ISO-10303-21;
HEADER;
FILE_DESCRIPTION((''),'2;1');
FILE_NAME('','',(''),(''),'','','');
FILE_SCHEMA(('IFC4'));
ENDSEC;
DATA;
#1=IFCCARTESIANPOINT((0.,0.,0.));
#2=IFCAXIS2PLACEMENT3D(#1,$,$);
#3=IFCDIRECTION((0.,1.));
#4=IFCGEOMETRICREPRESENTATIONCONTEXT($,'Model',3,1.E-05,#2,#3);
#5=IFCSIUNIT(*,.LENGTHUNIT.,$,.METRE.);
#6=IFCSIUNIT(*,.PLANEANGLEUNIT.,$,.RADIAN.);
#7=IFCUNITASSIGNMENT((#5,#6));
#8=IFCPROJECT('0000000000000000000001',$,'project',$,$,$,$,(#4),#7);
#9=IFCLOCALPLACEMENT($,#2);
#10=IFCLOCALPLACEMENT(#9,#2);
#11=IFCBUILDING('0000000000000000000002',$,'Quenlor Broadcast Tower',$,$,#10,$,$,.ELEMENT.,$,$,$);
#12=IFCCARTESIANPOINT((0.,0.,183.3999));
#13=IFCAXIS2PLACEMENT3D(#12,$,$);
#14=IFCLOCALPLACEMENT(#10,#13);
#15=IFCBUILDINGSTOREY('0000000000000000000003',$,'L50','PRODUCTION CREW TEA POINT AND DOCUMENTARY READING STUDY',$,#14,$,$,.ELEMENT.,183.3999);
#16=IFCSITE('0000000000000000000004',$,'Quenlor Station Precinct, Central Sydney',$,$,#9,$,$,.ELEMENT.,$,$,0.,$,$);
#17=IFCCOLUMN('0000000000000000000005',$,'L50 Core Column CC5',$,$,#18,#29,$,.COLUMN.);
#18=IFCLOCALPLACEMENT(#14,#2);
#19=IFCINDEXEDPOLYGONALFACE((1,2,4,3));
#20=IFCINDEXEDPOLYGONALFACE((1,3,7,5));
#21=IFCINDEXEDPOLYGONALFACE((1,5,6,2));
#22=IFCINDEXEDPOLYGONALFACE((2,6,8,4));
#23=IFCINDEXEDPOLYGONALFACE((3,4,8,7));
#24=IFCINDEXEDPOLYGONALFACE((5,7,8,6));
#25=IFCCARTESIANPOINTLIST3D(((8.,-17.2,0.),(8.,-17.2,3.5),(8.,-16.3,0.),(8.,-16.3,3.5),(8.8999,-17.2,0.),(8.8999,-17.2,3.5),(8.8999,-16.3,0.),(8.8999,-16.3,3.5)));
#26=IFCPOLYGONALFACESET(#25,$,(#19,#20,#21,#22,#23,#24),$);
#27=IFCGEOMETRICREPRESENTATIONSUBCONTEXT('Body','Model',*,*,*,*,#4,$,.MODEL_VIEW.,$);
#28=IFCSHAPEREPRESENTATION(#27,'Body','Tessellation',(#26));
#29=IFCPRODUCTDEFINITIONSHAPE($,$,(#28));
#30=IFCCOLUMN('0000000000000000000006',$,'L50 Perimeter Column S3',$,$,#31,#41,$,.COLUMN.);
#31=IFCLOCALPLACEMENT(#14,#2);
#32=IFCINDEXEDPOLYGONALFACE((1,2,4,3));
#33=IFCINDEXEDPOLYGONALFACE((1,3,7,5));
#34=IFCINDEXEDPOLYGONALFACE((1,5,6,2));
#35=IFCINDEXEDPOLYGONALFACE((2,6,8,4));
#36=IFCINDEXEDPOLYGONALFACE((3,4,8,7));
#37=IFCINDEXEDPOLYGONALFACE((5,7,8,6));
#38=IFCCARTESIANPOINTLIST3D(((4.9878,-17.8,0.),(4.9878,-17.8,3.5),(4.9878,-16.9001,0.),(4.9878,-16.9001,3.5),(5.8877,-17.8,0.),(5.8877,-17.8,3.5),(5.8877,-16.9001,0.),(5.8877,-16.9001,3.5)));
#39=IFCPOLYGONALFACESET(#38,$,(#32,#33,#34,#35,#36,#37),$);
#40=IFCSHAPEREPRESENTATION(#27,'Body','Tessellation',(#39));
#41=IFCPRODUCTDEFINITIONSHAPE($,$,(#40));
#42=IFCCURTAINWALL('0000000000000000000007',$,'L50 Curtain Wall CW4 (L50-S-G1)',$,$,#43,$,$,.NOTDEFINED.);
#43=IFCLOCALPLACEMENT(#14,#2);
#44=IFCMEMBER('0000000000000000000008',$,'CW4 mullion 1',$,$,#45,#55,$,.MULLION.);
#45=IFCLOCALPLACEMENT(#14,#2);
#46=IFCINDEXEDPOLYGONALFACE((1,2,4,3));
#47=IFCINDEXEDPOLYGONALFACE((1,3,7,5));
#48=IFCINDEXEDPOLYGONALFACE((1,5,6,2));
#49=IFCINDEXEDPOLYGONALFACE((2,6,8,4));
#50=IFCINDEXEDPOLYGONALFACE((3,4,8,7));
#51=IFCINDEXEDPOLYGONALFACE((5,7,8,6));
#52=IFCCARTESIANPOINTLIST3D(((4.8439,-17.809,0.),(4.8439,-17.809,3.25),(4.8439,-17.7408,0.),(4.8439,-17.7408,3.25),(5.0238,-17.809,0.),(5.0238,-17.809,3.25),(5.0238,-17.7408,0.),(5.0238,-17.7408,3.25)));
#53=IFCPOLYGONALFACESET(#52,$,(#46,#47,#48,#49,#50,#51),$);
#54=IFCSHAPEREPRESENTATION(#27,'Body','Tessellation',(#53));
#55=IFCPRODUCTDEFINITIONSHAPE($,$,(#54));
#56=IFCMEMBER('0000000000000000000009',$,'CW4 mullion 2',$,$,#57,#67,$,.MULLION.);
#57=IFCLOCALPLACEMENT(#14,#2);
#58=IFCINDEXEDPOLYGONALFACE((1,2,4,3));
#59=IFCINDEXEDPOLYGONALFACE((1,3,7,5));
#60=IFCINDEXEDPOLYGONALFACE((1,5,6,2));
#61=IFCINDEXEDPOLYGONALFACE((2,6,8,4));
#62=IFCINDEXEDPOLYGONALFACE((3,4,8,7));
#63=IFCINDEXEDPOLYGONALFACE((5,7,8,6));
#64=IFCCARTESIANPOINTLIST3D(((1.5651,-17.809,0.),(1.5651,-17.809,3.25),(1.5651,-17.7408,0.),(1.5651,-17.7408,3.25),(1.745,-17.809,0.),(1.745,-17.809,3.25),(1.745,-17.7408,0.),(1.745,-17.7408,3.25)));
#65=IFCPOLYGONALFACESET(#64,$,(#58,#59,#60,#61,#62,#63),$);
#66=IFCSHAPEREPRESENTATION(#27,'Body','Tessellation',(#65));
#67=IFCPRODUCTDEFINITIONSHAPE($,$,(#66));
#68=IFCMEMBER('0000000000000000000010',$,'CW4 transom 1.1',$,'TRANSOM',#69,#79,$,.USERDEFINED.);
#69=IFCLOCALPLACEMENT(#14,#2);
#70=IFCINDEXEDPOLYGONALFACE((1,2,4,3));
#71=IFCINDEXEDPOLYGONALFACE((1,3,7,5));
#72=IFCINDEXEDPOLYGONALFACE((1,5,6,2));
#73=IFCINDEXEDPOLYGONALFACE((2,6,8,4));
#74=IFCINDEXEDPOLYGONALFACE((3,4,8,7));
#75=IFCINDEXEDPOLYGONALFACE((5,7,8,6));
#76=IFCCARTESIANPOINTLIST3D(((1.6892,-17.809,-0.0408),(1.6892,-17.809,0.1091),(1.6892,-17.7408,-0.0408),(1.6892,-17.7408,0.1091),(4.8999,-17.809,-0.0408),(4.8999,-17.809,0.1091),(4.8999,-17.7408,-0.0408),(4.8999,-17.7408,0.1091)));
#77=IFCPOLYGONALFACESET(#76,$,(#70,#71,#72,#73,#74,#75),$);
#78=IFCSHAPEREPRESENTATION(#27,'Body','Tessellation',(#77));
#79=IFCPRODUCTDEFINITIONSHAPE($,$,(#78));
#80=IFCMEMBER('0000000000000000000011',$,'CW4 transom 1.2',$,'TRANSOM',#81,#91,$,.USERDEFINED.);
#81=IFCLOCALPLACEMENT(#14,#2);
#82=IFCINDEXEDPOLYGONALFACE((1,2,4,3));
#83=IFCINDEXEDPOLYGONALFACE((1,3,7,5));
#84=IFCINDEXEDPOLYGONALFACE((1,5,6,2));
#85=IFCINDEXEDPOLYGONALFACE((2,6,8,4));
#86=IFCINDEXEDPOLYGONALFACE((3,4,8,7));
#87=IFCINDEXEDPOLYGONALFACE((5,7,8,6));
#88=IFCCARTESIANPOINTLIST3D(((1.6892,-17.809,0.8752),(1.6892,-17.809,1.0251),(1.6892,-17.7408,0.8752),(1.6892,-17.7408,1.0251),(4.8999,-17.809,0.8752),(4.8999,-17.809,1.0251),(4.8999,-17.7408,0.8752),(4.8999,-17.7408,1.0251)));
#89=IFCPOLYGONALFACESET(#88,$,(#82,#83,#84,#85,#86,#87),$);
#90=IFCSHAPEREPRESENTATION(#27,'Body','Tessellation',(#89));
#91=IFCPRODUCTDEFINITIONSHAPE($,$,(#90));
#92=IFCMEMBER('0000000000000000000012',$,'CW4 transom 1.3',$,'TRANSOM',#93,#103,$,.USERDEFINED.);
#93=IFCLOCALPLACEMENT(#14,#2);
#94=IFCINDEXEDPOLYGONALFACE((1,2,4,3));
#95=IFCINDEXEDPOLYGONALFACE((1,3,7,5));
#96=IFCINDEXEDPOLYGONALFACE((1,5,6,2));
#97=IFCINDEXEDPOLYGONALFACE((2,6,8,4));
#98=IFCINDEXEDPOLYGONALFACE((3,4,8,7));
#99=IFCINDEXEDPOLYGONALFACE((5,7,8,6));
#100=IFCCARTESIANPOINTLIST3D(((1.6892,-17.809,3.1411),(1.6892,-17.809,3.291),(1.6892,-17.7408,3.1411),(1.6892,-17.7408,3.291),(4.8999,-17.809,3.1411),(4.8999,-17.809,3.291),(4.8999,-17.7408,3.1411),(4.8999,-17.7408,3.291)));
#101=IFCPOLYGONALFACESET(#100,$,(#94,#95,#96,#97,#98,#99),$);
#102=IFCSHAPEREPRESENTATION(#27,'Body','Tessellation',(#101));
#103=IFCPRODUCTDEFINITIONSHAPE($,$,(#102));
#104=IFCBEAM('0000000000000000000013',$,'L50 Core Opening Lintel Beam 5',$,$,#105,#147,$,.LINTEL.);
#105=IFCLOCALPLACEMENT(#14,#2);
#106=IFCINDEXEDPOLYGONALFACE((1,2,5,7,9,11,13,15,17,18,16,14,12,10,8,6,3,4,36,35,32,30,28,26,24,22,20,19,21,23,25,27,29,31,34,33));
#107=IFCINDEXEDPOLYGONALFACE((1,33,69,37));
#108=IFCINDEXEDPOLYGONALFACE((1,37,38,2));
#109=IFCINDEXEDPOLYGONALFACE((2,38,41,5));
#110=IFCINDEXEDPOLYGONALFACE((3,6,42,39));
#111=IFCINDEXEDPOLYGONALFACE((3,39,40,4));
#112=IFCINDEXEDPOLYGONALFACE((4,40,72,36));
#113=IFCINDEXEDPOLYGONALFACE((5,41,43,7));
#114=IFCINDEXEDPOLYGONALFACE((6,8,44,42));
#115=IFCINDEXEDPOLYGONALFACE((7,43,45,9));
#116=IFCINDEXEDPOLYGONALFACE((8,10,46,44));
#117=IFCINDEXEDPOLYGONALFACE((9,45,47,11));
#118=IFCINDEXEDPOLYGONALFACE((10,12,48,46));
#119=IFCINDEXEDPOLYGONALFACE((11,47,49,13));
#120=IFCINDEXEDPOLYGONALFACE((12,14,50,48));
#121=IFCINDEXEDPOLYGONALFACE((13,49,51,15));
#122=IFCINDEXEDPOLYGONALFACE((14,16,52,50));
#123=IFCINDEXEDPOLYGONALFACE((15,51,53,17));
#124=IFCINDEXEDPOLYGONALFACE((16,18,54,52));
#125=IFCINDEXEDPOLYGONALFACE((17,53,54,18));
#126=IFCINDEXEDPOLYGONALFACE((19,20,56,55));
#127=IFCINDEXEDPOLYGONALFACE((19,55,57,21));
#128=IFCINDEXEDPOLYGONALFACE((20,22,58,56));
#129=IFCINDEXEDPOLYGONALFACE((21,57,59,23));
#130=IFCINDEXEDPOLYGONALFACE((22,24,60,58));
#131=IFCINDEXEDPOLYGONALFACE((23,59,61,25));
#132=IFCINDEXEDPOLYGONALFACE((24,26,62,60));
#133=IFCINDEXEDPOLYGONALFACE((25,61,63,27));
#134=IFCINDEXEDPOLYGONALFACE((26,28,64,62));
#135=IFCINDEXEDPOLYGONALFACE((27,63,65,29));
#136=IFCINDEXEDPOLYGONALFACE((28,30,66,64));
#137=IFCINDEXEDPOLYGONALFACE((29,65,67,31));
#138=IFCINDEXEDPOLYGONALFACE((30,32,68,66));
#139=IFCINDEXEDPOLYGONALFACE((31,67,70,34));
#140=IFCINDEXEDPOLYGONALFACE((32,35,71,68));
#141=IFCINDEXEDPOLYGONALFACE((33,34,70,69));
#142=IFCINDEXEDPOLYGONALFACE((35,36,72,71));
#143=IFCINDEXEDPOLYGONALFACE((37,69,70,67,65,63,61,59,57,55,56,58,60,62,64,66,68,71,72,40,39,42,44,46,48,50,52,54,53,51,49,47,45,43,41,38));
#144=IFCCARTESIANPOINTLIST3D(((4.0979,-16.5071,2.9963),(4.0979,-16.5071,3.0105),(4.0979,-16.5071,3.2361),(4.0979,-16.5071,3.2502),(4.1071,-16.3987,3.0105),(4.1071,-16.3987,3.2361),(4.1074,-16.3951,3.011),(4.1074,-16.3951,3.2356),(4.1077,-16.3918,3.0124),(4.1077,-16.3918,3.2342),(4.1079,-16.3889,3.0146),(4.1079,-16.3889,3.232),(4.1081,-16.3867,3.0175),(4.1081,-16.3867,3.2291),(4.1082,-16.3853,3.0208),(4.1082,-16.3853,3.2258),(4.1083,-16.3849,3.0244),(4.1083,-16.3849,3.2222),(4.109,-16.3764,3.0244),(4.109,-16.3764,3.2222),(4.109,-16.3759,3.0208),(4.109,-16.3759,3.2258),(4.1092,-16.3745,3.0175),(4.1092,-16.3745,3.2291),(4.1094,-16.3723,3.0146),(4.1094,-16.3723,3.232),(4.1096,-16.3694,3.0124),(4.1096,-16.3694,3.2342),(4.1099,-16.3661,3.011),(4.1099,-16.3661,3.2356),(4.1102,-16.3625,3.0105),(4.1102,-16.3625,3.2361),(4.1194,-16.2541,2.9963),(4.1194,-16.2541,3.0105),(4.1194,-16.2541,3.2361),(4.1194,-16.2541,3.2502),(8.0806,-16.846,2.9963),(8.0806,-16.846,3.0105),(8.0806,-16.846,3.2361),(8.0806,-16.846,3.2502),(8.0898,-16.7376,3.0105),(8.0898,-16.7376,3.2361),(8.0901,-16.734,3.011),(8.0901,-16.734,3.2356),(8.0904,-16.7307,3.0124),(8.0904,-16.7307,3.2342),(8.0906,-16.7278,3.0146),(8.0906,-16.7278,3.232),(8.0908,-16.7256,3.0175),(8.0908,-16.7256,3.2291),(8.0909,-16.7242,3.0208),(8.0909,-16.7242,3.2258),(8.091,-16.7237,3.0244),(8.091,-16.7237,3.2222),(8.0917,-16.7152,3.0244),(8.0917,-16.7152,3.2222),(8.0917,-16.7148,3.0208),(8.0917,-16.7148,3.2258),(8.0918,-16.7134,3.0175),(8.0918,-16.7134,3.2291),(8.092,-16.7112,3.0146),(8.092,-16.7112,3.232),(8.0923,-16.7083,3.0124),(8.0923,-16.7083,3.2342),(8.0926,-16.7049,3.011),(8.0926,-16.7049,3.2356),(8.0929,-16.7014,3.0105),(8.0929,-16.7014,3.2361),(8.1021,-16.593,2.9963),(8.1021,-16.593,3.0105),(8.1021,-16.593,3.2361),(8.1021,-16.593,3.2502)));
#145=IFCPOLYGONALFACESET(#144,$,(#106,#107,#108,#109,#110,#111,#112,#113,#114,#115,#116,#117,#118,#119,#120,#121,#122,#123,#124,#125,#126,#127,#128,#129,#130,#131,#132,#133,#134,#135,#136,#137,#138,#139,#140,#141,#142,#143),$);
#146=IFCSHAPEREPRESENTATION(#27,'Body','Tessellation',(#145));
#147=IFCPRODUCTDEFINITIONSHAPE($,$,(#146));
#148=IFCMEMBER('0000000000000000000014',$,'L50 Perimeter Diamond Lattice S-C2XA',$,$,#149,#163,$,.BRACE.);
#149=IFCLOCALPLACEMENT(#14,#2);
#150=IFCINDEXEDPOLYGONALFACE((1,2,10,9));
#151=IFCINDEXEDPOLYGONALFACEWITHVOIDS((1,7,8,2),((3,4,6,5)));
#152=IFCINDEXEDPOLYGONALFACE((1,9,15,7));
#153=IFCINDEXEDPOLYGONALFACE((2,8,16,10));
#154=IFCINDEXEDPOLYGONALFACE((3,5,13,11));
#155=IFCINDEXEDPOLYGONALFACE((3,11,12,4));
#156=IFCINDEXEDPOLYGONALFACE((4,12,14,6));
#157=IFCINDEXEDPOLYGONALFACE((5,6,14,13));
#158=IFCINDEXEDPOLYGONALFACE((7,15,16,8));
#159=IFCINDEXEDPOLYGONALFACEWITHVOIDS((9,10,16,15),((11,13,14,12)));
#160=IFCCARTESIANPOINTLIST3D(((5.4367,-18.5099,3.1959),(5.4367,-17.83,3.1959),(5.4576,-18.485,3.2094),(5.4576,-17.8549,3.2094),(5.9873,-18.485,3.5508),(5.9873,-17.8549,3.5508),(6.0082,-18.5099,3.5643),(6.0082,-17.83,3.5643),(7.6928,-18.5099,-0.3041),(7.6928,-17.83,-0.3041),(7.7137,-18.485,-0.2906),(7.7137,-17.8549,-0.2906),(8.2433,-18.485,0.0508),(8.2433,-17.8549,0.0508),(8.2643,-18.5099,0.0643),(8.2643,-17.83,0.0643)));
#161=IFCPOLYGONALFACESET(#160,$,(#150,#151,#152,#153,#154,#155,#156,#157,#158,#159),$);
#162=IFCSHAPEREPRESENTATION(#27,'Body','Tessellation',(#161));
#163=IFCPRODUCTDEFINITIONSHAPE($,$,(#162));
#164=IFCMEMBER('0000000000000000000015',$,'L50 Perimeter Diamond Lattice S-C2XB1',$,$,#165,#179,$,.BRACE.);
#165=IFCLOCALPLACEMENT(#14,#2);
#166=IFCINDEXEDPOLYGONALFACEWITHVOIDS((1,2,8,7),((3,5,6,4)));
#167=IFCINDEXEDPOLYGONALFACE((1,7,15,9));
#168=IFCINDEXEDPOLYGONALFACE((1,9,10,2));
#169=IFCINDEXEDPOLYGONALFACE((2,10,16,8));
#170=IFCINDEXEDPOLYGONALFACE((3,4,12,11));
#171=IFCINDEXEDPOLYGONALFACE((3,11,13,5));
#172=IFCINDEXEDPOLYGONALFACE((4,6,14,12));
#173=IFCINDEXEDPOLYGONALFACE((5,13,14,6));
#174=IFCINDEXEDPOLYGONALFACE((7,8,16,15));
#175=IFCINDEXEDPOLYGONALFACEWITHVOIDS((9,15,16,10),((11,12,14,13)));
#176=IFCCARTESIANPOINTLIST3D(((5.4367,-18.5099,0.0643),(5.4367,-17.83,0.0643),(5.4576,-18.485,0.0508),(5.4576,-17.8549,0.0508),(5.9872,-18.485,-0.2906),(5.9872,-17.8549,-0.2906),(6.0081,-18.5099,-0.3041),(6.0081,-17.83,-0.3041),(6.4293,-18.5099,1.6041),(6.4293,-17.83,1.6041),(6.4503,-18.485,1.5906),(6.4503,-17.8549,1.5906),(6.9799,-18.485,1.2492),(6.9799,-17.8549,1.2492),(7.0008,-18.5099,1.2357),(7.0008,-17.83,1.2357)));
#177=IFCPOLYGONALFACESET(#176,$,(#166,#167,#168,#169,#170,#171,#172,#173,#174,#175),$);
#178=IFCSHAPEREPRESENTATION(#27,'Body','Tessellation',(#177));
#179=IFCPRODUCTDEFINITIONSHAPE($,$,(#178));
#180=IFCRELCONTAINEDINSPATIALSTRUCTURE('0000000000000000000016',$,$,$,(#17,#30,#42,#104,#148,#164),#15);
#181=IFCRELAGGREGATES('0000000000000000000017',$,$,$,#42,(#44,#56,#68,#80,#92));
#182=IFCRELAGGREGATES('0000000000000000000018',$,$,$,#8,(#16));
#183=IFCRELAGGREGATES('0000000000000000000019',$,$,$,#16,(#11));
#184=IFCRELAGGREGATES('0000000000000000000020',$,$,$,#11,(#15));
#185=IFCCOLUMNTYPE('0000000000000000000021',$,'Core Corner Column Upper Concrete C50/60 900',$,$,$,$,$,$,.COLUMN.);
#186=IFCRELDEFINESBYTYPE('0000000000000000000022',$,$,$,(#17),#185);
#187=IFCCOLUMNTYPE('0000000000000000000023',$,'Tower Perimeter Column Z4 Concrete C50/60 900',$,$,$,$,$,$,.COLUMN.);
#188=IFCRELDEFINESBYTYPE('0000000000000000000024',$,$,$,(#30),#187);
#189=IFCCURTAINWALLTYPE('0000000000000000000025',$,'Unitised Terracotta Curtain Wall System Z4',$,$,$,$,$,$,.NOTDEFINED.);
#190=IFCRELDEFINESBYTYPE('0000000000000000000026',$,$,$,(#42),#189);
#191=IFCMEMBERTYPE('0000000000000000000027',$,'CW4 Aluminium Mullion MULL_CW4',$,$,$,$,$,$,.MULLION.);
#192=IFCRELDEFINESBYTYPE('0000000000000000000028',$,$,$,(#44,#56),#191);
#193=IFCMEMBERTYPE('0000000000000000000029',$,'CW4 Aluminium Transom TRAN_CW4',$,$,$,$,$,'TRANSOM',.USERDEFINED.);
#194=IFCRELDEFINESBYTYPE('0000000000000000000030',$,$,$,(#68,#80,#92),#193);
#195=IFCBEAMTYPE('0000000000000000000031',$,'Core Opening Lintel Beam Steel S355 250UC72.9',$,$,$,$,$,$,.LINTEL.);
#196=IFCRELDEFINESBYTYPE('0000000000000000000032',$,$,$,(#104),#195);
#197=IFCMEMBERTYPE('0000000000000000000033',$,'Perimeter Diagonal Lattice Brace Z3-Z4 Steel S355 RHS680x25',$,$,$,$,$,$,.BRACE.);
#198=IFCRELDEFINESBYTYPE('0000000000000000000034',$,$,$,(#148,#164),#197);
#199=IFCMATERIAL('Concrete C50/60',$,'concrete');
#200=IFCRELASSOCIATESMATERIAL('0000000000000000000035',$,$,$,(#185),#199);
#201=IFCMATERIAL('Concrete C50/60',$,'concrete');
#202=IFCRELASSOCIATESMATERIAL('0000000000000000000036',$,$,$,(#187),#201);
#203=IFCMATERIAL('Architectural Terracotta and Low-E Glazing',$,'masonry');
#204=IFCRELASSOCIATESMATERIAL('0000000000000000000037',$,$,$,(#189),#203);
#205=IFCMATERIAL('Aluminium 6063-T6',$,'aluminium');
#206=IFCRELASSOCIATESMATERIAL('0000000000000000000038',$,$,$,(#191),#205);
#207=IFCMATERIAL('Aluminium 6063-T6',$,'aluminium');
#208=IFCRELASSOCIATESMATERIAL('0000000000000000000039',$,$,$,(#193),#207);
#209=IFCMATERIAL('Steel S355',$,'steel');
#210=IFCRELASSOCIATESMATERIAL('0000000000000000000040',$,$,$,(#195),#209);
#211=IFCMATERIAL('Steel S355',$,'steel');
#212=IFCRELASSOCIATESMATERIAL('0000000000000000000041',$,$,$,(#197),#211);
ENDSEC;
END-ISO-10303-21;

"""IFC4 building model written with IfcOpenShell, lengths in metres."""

from ifc_helpers import new_model, si_unit, direction, frame, origin, origin_2d, place, context, subcontext, project, spatial, rectangle, hollow_rectangle, i_section, extrude, material, material_profile, profile_set, type_object, element, aggregate, save


model = new_model("IFC4")

# Units and contexts
model_context = context("Model", 3, precision=1e-05, world=origin(), true_north=direction((0.0, 1.0)))
body_context = subcontext(model_context, "Body", "Model", "MODEL_VIEW")
ifc_project = project(units=[si_unit("LENGTHUNIT", "METRE"), si_unit("PLANEANGLEUNIT", "RADIAN")], contexts=[model_context])

# Site, building, storey
site_placement = place(None, origin())
site = spatial("IfcSite", under=ifc_project, at=site_placement, Name="Quenlor Station Precinct, Central Sydney", CompositionType="ELEMENT", RefElevation=0.0)
building_placement = place(site_placement, origin())
building = spatial("IfcBuilding", under=site, at=building_placement, Name="Quenlor Broadcast Tower", CompositionType="ELEMENT")
storey_placement = place(building_placement, frame((0.0, 0.0, 183.3999)))
storey = spatial("IfcBuildingStorey", under=building, at=storey_placement, Name="L50", Description="PRODUCTION CREW TEA POINT AND DOCUMENTARY READING STUDY", CompositionType="ELEMENT", Elevation=183.3999)

# Columns
ifc_material_1 = material(Name="Concrete C50/60", Category="concrete")
ifc_material_profile_1 = material_profile(ifc_material_1, rectangle(XDim=0.8999, YDim=0.8999, at=origin_2d()))
ifc_profile_set_1 = profile_set([ifc_material_profile_1], Name="Concrete C50/60 RC900x900")
column_type_1 = type_object("IfcColumnType", Name="Core Corner Column Upper Concrete C50/60 900", PredefinedType="COLUMN", material=ifc_profile_set_1)
column_1_placement = place(storey_placement, frame((8.45, -16.75, 0.0), z_axis=(0.0, 0.0, 1.0), x_axis=(1.0, 0.0, 0.0)))
element("IfcColumn", 1, at=column_1_placement, inside=storey, type_object=column_type_1, Name="L50 Core Column CC5", PredefinedType="COLUMN", context=body_context, shape_type="SweptSolid", body=[
    extrude(rectangle(XDim=0.8999, YDim=0.8999, at=origin_2d()), origin(), (0.0, 0.0, 1.0), 3.5),
])
ifc_material_2 = material(Name="Concrete C50/60", Category="concrete")
ifc_material_profile_2 = material_profile(ifc_material_2, rectangle(XDim=0.8999, YDim=0.8999, at=origin_2d()))
ifc_profile_set_2 = profile_set([ifc_material_profile_2], Name="Concrete C50/60 RC900x900")
column_type_2 = type_object("IfcColumnType", Name="Tower Perimeter Column Z4 Concrete C50/60 900", PredefinedType="COLUMN", material=ifc_profile_set_2)
column_2_placement = place(storey_placement, frame((5.4377, -17.3501, 0.0), z_axis=(0.0, 0.0, 1.0), x_axis=(0.0, 1.0, 0.0)))
element("IfcColumn", 2, at=column_2_placement, inside=storey, type_object=column_type_2, Name="L50 Perimeter Column S3", PredefinedType="COLUMN", context=body_context, shape_type="SweptSolid", body=[
    extrude(rectangle(XDim=0.8999, YDim=0.8999, at=origin_2d()), origin(), (0.0, 0.0, 1.0), 3.5),
])

# Curtain wall, members
ifc_material_3 = material(Name="Architectural Terracotta and Low-E Glazing", Category="masonry")
curtain_wall_type = type_object("IfcCurtainWallType", Name="Unitised Terracotta Curtain Wall System Z4", PredefinedType="NOTDEFINED", material=ifc_material_3)
curtain_wall_placement = place(storey_placement, origin())
curtain_wall = element("IfcCurtainWall", 3, at=curtain_wall_placement, inside=storey, type_object=curtain_wall_type, Name="L50 Curtain Wall CW4 (L50-S-G1)", PredefinedType="NOTDEFINED")
ifc_material_4 = material(Name="Aluminium 6063-T6", Category="aluminium")
ifc_material_profile_3 = material_profile(ifc_material_4, rectangle(XDim=0.0681, YDim=0.1799, at=origin_2d()))
ifc_profile_set_3 = profile_set([ifc_material_profile_3], Name="Aluminium 6063-T6 MULL68x180")
member_type_1 = type_object("IfcMemberType", Name="CW4 Aluminium Mullion MULL_CW4", PredefinedType="MULLION", material=ifc_profile_set_3)
member_1_placement = place(storey_placement, frame((4.9338, -17.7749, 0.0), z_axis=(0.0, 0.0, 1.0), x_axis=(0.0, -1.0, 0.0)))
member_1 = element("IfcMember", 4, at=member_1_placement, type_object=member_type_1, Name="CW4 mullion 1", PredefinedType="MULLION", context=body_context, shape_type="SweptSolid", body=[
    extrude(rectangle(XDim=0.0681, YDim=0.1799, at=origin_2d()), origin(), (0.0, 0.0, 1.0), 3.25),
])
member_2_placement = place(storey_placement, frame((1.655, -17.7749, 0.0), z_axis=(0.0, 0.0, 1.0), x_axis=(0.0, -1.0, 0.0)))
member_2 = element("IfcMember", 5, at=member_2_placement, type_object=member_type_1, Name="CW4 mullion 2", PredefinedType="MULLION", context=body_context, shape_type="SweptSolid", body=[
    extrude(rectangle(XDim=0.0681, YDim=0.1799, at=origin_2d()), origin(), (0.0, 0.0, 1.0), 3.25),
])
ifc_material_5 = material(Name="Aluminium 6063-T6", Category="aluminium")
ifc_material_profile_4 = material_profile(ifc_material_5, rectangle(XDim=0.0681, YDim=0.1499, at=origin_2d()))
ifc_profile_set_4 = profile_set([ifc_material_profile_4], Name="Aluminium 6063-T6 TRAN68x150")
member_type_2 = type_object("IfcMemberType", Name="CW4 Aluminium Transom TRAN_CW4", ElementType="TRANSOM", PredefinedType="USERDEFINED", material=ifc_profile_set_4)
member_3_placement = place(storey_placement, frame((4.8999, -17.7749, 0.0342), z_axis=(-1.0, 0.0, 0.0), x_axis=(0.0, -1.0, 0.0)))
member_3 = element("IfcMember", 6, at=member_3_placement, type_object=member_type_2, Name="CW4 transom 1.1", ObjectType="TRANSOM", PredefinedType="USERDEFINED", context=body_context, shape_type="SweptSolid", body=[
    extrude(rectangle(XDim=0.0681, YDim=0.1499, at=origin_2d()), origin(), (0.0, 0.0, 1.0), 3.2107),
])
member_4_placement = place(storey_placement, frame((4.8999, -17.7749, 0.9502), z_axis=(-1.0, 0.0, 0.0), x_axis=(0.0, -1.0, 0.0)))
member_4 = element("IfcMember", 7, at=member_4_placement, type_object=member_type_2, Name="CW4 transom 1.2", ObjectType="TRANSOM", PredefinedType="USERDEFINED", context=body_context, shape_type="SweptSolid", body=[
    extrude(rectangle(XDim=0.0681, YDim=0.1499, at=origin_2d()), origin(), (0.0, 0.0, 1.0), 3.2107),
])
member_5_placement = place(storey_placement, frame((4.8999, -17.7749, 3.2161), z_axis=(-1.0, 0.0, 0.0), x_axis=(0.0, -1.0, 0.0)))
member_5 = element("IfcMember", 8, at=member_5_placement, type_object=member_type_2, Name="CW4 transom 1.3", ObjectType="TRANSOM", PredefinedType="USERDEFINED", context=body_context, shape_type="SweptSolid", body=[
    extrude(rectangle(XDim=0.0681, YDim=0.1499, at=origin_2d()), origin(), (0.0, 0.0, 1.0), 3.2107),
])

# Beam
ifc_material_6 = material(Name="Steel S355", Category="steel")
ifc_material_profile_5 = material_profile(ifc_material_6, i_section(OverallWidth=0.2539, OverallDepth=0.2539, WebThickness=0.0085, FlangeThickness=0.0142, FilletRadius=0.0139, at=origin_2d()))
ifc_profile_set_5 = profile_set([ifc_material_profile_5], Name="Steel S355 250UC72.9")
beam_type_1 = type_object("IfcBeamType", Name="Core Opening Lintel Beam Steel S355 250UC72.9", PredefinedType="LINTEL", material=ifc_profile_set_5)
beam_1_placement = place(storey_placement, frame((4.1086, -16.3806, 3.1233), z_axis=(0.9964, -0.084779, 0.0), x_axis=(0.084779, 0.9964, 0.0)))
element("IfcBeam", 9, at=beam_1_placement, inside=storey, type_object=beam_type_1, Name="L50 Core Opening Lintel Beam 5", PredefinedType="LINTEL", context=body_context, shape_type="SweptSolid", body=[
    extrude(i_section(OverallWidth=0.2539, OverallDepth=0.2539, WebThickness=0.0085, FlangeThickness=0.0142, FilletRadius=0.0139, at=origin_2d()), origin(), (0.0, 0.0, 1.0), 3.9971),
])

# Members
ifc_material_7 = material(Name="Steel S355", Category="steel")
ifc_material_profile_6 = material_profile(ifc_material_7, hollow_rectangle(XDim=0.6799, YDim=0.6799, WallThickness=0.0249, at=origin_2d()))
ifc_profile_set_6 = profile_set([ifc_material_profile_6], Name="Steel S355 RHS680x680x25")
member_type_3 = type_object("IfcMemberType", Name="Perimeter Diagonal Lattice Brace Z3-Z4 Steel S355 RHS680x25", PredefinedType="BRACE", material=ifc_profile_set_6)
member_6_placement = place(storey_placement, frame((7.9785, -18.1699, -0.1199), z_axis=(-0.541794, 0.0, 0.840511), x_axis=(0.0, -1.0, 0.0)))
element("IfcMember", 10, at=member_6_placement, inside=storey, type_object=member_type_3, Name="L50 Perimeter Diamond Lattice S-C2XA", PredefinedType="BRACE", context=body_context, shape_type="SweptSolid", body=[
    extrude(hollow_rectangle(XDim=0.6799, YDim=0.6799, WallThickness=0.0249, at=origin_2d()), origin(), (0.0, 0.0, 1.0), 4.1641),
])
member_7_placement = place(storey_placement, frame((5.7224, -18.1699, -0.1199), z_axis=(0.541842, 0.0, 0.840481), x_axis=(0.0, 1.0, 0.0)))
element("IfcMember", 11, at=member_7_placement, inside=storey, type_object=member_type_3, Name="L50 Perimeter Diamond Lattice S-C2XB1", PredefinedType="BRACE", context=body_context, shape_type="SweptSolid", body=[
    extrude(hollow_rectangle(XDim=0.6799, YDim=0.6799, WallThickness=0.0249, at=origin_2d()), origin(), (0.0, 0.0, 1.0), 1.832),
])

aggregate(curtain_wall, [member_1, member_2, member_3, member_4, member_5])

save(model, "model.ifc")
